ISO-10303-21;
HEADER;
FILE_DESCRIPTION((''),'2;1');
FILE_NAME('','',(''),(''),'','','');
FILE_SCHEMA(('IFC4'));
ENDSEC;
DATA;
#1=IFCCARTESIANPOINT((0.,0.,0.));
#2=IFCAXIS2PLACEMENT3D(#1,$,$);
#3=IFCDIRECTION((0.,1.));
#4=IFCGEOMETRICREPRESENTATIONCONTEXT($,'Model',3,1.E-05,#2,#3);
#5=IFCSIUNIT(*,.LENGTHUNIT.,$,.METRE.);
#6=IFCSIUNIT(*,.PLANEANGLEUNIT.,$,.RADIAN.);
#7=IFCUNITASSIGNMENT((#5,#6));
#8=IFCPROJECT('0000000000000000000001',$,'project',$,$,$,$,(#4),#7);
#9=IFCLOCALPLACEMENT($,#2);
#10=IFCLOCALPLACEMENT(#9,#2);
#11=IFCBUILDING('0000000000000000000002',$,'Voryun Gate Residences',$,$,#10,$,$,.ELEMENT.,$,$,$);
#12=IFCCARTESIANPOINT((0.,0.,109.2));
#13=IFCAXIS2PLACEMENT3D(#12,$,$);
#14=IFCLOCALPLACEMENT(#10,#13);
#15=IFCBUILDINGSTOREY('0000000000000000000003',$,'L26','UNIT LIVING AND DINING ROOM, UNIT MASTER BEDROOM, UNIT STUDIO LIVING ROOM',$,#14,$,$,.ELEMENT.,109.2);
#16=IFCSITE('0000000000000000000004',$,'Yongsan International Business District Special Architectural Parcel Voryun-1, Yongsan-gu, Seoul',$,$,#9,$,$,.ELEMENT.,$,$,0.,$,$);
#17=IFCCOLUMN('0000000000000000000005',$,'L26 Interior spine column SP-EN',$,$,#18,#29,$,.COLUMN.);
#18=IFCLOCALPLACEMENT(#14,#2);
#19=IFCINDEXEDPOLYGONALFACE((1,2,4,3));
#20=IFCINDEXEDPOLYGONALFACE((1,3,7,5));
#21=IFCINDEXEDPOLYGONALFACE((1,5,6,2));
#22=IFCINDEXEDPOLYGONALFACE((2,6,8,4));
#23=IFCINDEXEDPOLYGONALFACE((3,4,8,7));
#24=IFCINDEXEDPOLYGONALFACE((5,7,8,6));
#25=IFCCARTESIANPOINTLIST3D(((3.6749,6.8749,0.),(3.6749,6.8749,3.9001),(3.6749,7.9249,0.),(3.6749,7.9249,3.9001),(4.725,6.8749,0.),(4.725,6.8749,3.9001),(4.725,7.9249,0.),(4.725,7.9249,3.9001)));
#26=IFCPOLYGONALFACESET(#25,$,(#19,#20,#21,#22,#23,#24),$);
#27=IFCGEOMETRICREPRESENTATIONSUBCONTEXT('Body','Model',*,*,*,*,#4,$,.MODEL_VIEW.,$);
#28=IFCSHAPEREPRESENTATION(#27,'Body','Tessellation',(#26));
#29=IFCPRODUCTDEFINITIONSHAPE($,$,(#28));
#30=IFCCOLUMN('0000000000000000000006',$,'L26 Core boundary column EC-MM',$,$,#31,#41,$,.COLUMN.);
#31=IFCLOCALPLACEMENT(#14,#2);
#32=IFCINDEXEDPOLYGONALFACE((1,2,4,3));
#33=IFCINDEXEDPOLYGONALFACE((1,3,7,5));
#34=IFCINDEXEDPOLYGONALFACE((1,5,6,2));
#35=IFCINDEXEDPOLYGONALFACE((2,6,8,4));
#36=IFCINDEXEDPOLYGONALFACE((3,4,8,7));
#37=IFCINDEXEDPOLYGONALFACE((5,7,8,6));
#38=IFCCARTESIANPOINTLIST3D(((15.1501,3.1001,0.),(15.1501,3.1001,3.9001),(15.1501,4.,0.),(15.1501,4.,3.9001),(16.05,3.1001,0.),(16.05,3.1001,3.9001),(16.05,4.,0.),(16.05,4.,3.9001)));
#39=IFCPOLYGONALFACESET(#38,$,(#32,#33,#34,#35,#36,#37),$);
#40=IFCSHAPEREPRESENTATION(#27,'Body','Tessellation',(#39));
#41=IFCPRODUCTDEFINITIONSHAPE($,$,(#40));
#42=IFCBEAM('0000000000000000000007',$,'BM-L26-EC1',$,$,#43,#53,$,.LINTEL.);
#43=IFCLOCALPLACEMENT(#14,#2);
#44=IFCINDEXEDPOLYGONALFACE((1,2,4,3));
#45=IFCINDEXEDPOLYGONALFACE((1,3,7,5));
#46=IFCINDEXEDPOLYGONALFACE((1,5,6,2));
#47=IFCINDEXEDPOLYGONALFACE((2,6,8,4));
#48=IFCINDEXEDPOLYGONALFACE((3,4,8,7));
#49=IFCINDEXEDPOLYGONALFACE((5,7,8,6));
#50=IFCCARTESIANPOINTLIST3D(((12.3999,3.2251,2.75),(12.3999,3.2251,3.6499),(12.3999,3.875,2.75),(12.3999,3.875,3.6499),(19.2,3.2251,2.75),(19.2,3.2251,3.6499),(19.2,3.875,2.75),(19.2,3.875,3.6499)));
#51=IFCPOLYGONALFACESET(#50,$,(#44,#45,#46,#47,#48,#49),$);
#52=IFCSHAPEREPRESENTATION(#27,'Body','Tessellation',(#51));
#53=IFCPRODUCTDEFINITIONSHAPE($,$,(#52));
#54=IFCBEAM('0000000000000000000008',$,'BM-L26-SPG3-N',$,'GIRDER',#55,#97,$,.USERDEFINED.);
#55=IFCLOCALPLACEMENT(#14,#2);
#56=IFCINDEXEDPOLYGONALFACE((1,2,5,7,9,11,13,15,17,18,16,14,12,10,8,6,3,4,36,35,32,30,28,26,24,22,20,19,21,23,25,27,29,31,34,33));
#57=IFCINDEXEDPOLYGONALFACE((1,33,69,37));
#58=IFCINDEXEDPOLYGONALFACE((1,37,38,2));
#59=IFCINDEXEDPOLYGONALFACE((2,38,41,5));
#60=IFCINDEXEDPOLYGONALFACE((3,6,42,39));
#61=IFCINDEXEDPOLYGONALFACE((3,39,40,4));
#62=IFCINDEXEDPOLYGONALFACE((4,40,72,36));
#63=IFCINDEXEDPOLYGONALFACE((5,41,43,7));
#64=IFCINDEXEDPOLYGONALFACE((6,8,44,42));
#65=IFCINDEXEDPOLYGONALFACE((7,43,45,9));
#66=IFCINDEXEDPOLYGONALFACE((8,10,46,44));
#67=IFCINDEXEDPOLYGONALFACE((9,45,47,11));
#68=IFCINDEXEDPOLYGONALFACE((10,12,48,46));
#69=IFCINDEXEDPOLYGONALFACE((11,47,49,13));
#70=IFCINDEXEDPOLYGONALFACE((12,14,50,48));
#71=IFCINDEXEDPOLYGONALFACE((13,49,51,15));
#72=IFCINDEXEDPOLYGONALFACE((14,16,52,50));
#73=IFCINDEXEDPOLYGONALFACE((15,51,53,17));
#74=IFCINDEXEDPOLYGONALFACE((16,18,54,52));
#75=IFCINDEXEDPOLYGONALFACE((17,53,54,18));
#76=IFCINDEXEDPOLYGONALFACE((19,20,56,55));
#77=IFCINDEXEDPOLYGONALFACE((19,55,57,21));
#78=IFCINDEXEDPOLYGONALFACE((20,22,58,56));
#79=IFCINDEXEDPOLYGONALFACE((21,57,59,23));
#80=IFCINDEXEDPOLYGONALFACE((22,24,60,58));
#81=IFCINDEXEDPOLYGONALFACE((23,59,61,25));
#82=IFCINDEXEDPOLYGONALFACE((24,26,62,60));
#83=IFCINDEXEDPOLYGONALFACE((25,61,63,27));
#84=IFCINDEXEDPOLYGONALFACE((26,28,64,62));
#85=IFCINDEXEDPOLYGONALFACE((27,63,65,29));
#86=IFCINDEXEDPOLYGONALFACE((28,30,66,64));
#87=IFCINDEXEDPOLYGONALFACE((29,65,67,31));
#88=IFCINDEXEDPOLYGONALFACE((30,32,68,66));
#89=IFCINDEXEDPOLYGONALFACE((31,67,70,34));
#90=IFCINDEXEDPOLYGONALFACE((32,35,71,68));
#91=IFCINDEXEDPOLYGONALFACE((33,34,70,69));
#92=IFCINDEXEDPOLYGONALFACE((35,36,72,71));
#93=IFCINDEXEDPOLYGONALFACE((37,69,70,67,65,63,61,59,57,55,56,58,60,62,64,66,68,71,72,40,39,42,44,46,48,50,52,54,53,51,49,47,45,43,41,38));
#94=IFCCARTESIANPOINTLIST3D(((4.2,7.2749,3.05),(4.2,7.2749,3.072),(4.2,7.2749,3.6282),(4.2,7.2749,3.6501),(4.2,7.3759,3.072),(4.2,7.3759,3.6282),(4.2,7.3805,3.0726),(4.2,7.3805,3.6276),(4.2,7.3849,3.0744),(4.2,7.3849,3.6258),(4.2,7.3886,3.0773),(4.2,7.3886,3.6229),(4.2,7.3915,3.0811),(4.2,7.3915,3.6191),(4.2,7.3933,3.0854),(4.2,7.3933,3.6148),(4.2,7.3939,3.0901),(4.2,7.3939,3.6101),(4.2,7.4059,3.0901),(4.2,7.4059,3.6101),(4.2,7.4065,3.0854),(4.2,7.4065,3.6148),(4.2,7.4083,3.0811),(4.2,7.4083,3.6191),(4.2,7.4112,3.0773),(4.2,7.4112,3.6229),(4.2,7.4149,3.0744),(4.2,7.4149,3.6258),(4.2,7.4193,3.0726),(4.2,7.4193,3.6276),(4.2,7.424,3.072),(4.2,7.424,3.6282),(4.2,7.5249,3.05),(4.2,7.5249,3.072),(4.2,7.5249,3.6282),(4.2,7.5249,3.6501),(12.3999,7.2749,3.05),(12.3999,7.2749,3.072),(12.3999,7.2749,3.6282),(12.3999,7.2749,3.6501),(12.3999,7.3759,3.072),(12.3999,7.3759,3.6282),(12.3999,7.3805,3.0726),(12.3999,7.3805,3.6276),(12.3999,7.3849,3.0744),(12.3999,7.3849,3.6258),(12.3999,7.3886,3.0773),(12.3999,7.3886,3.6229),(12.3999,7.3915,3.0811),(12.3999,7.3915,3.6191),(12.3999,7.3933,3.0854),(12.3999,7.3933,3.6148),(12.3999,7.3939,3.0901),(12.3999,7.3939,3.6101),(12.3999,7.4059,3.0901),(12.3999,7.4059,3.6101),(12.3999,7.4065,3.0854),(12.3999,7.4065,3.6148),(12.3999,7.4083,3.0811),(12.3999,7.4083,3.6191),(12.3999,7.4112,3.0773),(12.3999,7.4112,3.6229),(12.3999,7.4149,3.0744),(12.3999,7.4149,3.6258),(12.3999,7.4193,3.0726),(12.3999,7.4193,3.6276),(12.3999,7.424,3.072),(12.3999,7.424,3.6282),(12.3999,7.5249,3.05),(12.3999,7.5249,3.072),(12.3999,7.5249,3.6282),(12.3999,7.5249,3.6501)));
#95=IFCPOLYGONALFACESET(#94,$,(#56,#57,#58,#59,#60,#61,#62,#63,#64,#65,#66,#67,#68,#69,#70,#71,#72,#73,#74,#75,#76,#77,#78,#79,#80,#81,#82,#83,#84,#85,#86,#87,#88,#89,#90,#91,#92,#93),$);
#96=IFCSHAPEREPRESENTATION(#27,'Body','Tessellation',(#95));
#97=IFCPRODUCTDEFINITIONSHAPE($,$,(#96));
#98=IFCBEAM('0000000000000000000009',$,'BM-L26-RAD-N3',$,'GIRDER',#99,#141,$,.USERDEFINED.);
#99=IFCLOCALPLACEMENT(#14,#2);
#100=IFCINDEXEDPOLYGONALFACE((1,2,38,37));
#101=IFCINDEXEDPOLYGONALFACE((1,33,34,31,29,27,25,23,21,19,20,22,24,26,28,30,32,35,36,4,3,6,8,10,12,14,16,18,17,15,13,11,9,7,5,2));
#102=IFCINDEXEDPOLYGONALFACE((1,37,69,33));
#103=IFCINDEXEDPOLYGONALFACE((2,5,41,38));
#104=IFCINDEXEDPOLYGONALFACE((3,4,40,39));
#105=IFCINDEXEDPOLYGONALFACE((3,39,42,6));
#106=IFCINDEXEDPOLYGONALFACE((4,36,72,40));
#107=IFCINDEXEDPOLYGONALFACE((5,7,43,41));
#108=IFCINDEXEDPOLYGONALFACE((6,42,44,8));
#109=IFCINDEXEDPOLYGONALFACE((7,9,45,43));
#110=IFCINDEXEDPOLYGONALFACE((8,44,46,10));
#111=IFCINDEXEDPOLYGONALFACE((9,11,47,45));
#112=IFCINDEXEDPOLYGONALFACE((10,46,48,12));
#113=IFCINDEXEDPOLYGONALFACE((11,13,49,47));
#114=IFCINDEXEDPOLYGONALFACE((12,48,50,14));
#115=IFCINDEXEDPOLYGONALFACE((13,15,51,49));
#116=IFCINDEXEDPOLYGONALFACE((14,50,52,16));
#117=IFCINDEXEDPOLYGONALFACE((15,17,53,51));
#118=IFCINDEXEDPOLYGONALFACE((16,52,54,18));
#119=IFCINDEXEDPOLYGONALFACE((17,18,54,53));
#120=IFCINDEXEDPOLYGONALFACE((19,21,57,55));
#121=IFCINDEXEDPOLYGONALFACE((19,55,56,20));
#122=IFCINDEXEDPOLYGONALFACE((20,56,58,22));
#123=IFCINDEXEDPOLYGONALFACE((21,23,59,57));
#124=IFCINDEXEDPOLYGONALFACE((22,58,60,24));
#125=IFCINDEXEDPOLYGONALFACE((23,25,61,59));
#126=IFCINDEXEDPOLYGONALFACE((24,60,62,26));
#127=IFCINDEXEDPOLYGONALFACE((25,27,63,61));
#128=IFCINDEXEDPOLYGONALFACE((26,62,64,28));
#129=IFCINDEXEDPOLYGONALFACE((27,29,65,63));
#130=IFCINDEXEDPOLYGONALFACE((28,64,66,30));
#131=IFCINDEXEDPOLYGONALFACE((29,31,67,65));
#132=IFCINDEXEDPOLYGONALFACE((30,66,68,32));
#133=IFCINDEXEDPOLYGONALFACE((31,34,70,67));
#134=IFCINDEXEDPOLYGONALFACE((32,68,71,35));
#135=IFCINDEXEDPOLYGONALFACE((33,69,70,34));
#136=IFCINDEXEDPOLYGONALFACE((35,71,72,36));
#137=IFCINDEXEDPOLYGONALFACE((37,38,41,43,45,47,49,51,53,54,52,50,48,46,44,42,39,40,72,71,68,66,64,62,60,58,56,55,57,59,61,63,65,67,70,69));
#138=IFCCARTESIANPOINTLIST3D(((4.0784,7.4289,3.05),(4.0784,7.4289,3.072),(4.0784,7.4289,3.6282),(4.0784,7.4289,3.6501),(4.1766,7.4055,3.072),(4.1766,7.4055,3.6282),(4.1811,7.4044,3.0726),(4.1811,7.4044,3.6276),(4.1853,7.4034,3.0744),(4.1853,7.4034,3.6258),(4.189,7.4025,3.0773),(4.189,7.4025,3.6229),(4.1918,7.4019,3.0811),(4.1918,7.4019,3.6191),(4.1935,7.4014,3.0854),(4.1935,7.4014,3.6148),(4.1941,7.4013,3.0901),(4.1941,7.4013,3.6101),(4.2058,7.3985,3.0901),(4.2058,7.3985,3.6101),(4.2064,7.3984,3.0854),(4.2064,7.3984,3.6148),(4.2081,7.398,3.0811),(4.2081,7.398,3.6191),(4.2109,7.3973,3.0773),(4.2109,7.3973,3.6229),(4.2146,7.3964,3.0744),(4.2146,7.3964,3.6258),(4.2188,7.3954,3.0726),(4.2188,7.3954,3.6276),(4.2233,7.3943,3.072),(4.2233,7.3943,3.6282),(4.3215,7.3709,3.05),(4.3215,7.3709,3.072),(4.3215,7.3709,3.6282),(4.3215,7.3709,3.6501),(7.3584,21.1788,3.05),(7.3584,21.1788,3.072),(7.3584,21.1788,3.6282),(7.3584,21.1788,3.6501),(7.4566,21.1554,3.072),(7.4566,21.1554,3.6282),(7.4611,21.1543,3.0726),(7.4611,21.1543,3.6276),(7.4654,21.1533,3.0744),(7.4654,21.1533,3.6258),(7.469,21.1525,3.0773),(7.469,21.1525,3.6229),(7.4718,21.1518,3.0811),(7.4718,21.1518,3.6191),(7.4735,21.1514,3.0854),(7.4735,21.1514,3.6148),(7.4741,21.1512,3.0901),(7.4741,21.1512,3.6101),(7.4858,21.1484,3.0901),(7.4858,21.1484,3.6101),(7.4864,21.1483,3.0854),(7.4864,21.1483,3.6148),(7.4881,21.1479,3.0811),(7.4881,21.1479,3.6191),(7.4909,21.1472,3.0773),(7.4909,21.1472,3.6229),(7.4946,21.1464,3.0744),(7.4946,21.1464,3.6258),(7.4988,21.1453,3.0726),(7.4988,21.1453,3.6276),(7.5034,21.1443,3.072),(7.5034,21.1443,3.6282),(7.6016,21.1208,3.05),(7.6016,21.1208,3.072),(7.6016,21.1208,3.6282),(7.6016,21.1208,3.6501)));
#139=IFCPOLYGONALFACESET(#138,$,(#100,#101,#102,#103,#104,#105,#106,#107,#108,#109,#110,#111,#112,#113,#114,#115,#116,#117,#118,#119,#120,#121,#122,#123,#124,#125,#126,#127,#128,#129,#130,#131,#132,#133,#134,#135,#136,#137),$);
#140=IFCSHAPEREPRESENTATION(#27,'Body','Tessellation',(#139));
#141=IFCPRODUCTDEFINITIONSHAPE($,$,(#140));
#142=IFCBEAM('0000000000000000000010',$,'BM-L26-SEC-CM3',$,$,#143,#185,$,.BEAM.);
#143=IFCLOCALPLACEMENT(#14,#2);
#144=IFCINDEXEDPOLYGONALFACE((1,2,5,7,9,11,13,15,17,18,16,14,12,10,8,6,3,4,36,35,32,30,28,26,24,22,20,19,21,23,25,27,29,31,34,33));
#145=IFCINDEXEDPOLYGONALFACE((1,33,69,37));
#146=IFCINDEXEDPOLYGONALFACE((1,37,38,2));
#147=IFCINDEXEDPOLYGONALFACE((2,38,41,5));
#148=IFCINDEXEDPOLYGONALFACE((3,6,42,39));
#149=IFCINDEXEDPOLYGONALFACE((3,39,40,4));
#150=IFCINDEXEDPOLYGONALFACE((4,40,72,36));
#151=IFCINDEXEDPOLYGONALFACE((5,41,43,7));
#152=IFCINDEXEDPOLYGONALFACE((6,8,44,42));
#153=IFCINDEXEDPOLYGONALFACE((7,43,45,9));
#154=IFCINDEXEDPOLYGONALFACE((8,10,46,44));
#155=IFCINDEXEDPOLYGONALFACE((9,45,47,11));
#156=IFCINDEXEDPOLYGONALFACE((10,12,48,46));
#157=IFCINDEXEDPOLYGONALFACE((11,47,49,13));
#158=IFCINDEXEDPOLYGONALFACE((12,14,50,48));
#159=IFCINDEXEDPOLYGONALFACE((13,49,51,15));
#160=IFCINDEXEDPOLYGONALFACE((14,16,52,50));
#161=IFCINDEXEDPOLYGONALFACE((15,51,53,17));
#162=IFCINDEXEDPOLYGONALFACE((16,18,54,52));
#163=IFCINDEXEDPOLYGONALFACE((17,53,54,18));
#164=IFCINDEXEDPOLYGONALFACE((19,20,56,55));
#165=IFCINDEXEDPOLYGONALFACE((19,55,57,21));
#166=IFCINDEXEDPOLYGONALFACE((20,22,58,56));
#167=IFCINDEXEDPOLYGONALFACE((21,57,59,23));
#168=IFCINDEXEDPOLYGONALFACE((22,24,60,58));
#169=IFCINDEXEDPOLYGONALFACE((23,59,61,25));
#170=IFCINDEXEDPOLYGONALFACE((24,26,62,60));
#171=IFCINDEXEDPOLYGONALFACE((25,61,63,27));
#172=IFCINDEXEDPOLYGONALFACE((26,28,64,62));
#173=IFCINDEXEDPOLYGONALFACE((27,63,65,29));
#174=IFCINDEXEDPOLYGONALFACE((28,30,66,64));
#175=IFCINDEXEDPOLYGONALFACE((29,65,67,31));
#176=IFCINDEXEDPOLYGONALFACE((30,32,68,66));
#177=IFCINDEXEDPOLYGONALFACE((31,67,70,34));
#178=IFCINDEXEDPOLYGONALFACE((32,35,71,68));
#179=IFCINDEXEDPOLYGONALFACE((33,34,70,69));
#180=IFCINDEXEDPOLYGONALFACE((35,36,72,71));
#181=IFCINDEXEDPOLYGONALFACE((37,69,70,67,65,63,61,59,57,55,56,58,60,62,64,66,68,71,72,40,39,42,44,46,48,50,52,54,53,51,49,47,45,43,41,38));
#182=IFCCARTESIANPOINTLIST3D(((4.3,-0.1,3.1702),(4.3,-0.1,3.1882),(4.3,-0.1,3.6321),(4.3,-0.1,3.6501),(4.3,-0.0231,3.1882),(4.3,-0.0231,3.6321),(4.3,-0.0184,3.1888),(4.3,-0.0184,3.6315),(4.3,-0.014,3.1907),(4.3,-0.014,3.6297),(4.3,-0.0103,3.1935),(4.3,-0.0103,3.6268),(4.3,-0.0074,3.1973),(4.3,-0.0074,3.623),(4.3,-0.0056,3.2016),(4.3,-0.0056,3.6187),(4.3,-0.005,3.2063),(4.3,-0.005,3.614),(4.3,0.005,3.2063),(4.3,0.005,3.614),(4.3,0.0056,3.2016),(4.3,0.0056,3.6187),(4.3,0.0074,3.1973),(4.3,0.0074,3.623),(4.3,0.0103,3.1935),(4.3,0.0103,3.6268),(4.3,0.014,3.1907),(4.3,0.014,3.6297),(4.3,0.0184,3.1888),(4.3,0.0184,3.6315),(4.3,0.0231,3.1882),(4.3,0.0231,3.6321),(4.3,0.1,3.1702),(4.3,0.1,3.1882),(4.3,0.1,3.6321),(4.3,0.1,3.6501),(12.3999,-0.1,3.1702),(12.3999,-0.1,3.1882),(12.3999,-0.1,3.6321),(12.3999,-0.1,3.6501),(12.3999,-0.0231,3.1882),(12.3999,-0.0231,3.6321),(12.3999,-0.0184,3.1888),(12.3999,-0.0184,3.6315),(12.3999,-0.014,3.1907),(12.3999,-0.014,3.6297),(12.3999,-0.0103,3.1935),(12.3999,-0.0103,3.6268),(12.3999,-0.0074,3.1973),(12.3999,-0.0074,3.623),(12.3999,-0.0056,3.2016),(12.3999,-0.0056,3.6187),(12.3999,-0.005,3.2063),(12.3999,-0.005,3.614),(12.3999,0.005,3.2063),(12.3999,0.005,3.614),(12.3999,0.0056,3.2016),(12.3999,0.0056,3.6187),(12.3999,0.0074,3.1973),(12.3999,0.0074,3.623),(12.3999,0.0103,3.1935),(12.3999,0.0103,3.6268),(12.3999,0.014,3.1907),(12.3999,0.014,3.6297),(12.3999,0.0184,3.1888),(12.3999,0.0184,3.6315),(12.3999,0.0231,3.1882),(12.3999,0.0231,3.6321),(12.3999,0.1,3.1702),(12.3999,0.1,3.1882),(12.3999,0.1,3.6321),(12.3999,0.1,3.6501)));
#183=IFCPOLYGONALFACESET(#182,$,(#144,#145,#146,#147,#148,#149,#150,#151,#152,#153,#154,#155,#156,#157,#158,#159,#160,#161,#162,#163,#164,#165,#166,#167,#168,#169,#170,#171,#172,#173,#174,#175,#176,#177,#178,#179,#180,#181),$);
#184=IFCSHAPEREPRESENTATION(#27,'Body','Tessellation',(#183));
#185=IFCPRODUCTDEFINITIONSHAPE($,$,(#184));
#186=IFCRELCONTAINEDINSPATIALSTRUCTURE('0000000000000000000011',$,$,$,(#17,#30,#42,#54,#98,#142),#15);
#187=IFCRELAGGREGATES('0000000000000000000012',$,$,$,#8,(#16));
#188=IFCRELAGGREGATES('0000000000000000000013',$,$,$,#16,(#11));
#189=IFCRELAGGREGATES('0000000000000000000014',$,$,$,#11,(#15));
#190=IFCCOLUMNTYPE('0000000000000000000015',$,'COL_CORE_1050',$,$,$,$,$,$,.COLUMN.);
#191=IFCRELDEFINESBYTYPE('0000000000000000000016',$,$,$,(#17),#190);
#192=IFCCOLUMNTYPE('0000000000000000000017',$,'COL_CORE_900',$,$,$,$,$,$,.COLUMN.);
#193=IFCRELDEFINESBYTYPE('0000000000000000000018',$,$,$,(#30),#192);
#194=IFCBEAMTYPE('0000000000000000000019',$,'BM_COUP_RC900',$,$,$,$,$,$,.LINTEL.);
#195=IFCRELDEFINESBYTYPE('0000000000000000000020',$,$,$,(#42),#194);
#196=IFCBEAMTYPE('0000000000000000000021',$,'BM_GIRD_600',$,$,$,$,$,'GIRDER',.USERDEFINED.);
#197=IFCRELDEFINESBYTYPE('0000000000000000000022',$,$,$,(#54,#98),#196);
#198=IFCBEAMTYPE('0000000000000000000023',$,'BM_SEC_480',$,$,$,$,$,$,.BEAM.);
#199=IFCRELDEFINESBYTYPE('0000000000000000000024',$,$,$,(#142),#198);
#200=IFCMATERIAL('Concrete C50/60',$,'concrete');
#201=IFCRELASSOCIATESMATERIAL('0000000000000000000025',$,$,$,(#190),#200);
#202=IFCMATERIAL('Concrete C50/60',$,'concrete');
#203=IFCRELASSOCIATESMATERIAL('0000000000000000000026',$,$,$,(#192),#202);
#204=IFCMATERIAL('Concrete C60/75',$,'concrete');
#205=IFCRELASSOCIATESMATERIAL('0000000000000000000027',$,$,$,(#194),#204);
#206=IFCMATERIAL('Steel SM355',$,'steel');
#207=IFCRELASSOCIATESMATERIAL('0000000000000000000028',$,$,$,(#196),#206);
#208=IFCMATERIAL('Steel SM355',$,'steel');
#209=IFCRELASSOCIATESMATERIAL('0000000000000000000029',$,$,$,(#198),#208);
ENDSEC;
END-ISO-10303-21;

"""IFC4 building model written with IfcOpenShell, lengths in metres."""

from ifc_helpers import new_model, si_unit, direction, frame, origin, origin_2d, place, context, subcontext, project, spatial, rectangle, i_section, extrude, material, material_profile, profile_set, type_object, element, save


model = new_model("IFC4")

# Units and contexts
model_context = context("Model", 3, precision=1e-05, world=origin(), true_north=direction((0.0, 1.0)))
body_context = subcontext(model_context, "Body", "Model", "MODEL_VIEW")
ifc_project = project(units=[si_unit("LENGTHUNIT", "METRE"), si_unit("PLANEANGLEUNIT", "RADIAN")], contexts=[model_context])

# Site, building, storey
site_placement = place(None, origin())
site = spatial("IfcSite", under=ifc_project, at=site_placement, Name="Yongsan International Business District Special Architectural Parcel Voryun-1, Yongsan-gu, Seoul", CompositionType="ELEMENT", RefElevation=0.0)
building_placement = place(site_placement, origin())
building = spatial("IfcBuilding", under=site, at=building_placement, Name="Voryun Gate Residences", CompositionType="ELEMENT")
storey_placement = place(building_placement, frame((0.0, 0.0, 109.2)))
storey = spatial("IfcBuildingStorey", under=building, at=storey_placement, Name="L26", Description="UNIT LIVING AND DINING ROOM, UNIT MASTER BEDROOM, UNIT STUDIO LIVING ROOM", CompositionType="ELEMENT", Elevation=109.2)

# Columns
ifc_material_1 = material(Name="Concrete C50/60", Category="concrete")
ifc_material_profile_1 = material_profile(ifc_material_1, rectangle(XDim=1.05, YDim=1.05, at=origin_2d()), Name="RC-1050x1050")
ifc_profile_set_1 = profile_set([ifc_material_profile_1], Name="Concrete C50/60")
column_type_1 = type_object("IfcColumnType", Name="COL_CORE_1050", PredefinedType="COLUMN", material=ifc_profile_set_1)
column_1_placement = place(storey_placement, frame((4.2, 7.3999, 0.0), z_axis=(0.0, 0.0, 1.0), x_axis=(1.0, 0.0, 0.0)))
element("IfcColumn", 1, at=column_1_placement, inside=storey, type_object=column_type_1, Name="L26 Interior spine column SP-EN", PredefinedType="COLUMN", context=body_context, shape_type="SweptSolid", body=[
    extrude(rectangle(XDim=1.05, YDim=1.05, at=origin_2d()), origin(), (0.0, 0.0, 1.0), 3.9001),
])
ifc_material_2 = material(Name="Concrete C50/60", Category="concrete")
ifc_material_profile_2 = material_profile(ifc_material_2, rectangle(XDim=0.8999, YDim=0.8999, at=origin_2d()), Name="RC-900x900")
ifc_profile_set_2 = profile_set([ifc_material_profile_2], Name="Concrete C50/60")
column_type_2 = type_object("IfcColumnType", Name="COL_CORE_900", PredefinedType="COLUMN", material=ifc_profile_set_2)
column_2_placement = place(storey_placement, frame((15.6001, 3.55, 0.0), z_axis=(0.0, 0.0, 1.0), x_axis=(1.0, 0.0, 0.0)))
element("IfcColumn", 2, at=column_2_placement, inside=storey, type_object=column_type_2, Name="L26 Core boundary column EC-MM", PredefinedType="COLUMN", context=body_context, shape_type="SweptSolid", body=[
    extrude(rectangle(XDim=0.8999, YDim=0.8999, at=origin_2d()), origin(), (0.0, 0.0, 1.0), 3.9001),
])

# Beams
ifc_material_3 = material(Name="Concrete C60/75", Category="concrete")
ifc_material_profile_3 = material_profile(ifc_material_3, rectangle(XDim=0.6499, YDim=0.8999, at=origin_2d()), Name="RC-650x900")
ifc_profile_set_3 = profile_set([ifc_material_profile_3], Name="Concrete C60/75")
beam_type_1 = type_object("IfcBeamType", Name="BM_COUP_RC900", PredefinedType="LINTEL", material=ifc_profile_set_3)
beam_1_placement = place(storey_placement, frame((12.3999, 3.55, 3.2), z_axis=(1.0, 0.0, 0.0), x_axis=(0.0, 1.0, 0.0)))
element("IfcBeam", 3, at=beam_1_placement, inside=storey, type_object=beam_type_1, Name="BM-L26-EC1", PredefinedType="LINTEL", context=body_context, shape_type="SweptSolid", body=[
    extrude(rectangle(XDim=0.6499, YDim=0.8999, at=origin_2d()), origin(), (0.0, 0.0, 1.0), 6.8),
])
ifc_material_4 = material(Name="Steel SM355", Category="steel")
ifc_material_profile_4 = material_profile(ifc_material_4, i_section(OverallWidth=0.25, OverallDepth=0.6001, WebThickness=0.012, FlangeThickness=0.022, FilletRadius=0.0181, at=origin_2d()), Name="H-600x250x12x22")
ifc_profile_set_4 = profile_set([ifc_material_profile_4], Name="Steel SM355")
beam_type_2 = type_object("IfcBeamType", Name="BM_GIRD_600", ElementType="GIRDER", PredefinedType="USERDEFINED", material=ifc_profile_set_4)
beam_2_placement = place(storey_placement, frame((4.2, 7.3999, 3.3501), z_axis=(1.0, 0.0, 0.0), x_axis=(0.0, 1.0, 0.0)))
element("IfcBeam", 4, at=beam_2_placement, inside=storey, type_object=beam_type_2, Name="BM-L26-SPG3-N", ObjectType="GIRDER", PredefinedType="USERDEFINED", context=body_context, shape_type="SweptSolid", body=[
    extrude(i_section(OverallWidth=0.25, OverallDepth=0.6001, WebThickness=0.012, FlangeThickness=0.022, FilletRadius=0.0181, at=origin_2d()), origin(), (0.0, 0.0, 1.0), 8.2),
])
beam_3_placement = place(storey_placement, frame((4.2, 7.3999, 3.3501), z_axis=(0.232037, 0.972707, 0.0), x_axis=(-0.972707, 0.232037, 0.0)))
element("IfcBeam", 5, at=beam_3_placement, inside=storey, type_object=beam_type_2, Name="BM-L26-RAD-N3", ObjectType="GIRDER", PredefinedType="USERDEFINED", context=body_context, shape_type="SweptSolid", body=[
    extrude(i_section(OverallWidth=0.25, OverallDepth=0.6001, WebThickness=0.012, FlangeThickness=0.022, FilletRadius=0.0181, at=origin_2d()), origin(), (0.0, 0.0, 1.0), 14.1357),
])
ifc_material_5 = material(Name="Steel SM355", Category="steel")
ifc_material_profile_5 = material_profile(ifc_material_5, i_section(OverallWidth=0.2, OverallDepth=0.48, WebThickness=0.01, FlangeThickness=0.0181, FilletRadius=0.0181, at=origin_2d()), Name="H-480x200x10x18")
ifc_profile_set_5 = profile_set([ifc_material_profile_5], Name="Steel SM355")
beam_type_3 = type_object("IfcBeamType", Name="BM_SEC_480", PredefinedType="BEAM", material=ifc_profile_set_5)
for number, where, z_axis, x_axis, name in (
    (6, (4.3, 0.0, 3.4102), (1.0, 0.0, 0.0), (0.0, 1.0, 0.0), "BM-L26-SEC-CM3"),
):
    element("IfcBeam", number, at=place(storey_placement, frame(where, z_axis=z_axis, x_axis=x_axis)), inside=storey, type_object=beam_type_3, Name=name, PredefinedType="BEAM", context=body_context, shape_type="SweptSolid", body=[
        extrude(i_section(OverallWidth=0.2, OverallDepth=0.48, WebThickness=0.01, FlangeThickness=0.0181, FilletRadius=0.0181, at=origin_2d()), origin(), (0.0, 0.0, 1.0), 8.0999),
    ])

save(model, "model.ifc")
